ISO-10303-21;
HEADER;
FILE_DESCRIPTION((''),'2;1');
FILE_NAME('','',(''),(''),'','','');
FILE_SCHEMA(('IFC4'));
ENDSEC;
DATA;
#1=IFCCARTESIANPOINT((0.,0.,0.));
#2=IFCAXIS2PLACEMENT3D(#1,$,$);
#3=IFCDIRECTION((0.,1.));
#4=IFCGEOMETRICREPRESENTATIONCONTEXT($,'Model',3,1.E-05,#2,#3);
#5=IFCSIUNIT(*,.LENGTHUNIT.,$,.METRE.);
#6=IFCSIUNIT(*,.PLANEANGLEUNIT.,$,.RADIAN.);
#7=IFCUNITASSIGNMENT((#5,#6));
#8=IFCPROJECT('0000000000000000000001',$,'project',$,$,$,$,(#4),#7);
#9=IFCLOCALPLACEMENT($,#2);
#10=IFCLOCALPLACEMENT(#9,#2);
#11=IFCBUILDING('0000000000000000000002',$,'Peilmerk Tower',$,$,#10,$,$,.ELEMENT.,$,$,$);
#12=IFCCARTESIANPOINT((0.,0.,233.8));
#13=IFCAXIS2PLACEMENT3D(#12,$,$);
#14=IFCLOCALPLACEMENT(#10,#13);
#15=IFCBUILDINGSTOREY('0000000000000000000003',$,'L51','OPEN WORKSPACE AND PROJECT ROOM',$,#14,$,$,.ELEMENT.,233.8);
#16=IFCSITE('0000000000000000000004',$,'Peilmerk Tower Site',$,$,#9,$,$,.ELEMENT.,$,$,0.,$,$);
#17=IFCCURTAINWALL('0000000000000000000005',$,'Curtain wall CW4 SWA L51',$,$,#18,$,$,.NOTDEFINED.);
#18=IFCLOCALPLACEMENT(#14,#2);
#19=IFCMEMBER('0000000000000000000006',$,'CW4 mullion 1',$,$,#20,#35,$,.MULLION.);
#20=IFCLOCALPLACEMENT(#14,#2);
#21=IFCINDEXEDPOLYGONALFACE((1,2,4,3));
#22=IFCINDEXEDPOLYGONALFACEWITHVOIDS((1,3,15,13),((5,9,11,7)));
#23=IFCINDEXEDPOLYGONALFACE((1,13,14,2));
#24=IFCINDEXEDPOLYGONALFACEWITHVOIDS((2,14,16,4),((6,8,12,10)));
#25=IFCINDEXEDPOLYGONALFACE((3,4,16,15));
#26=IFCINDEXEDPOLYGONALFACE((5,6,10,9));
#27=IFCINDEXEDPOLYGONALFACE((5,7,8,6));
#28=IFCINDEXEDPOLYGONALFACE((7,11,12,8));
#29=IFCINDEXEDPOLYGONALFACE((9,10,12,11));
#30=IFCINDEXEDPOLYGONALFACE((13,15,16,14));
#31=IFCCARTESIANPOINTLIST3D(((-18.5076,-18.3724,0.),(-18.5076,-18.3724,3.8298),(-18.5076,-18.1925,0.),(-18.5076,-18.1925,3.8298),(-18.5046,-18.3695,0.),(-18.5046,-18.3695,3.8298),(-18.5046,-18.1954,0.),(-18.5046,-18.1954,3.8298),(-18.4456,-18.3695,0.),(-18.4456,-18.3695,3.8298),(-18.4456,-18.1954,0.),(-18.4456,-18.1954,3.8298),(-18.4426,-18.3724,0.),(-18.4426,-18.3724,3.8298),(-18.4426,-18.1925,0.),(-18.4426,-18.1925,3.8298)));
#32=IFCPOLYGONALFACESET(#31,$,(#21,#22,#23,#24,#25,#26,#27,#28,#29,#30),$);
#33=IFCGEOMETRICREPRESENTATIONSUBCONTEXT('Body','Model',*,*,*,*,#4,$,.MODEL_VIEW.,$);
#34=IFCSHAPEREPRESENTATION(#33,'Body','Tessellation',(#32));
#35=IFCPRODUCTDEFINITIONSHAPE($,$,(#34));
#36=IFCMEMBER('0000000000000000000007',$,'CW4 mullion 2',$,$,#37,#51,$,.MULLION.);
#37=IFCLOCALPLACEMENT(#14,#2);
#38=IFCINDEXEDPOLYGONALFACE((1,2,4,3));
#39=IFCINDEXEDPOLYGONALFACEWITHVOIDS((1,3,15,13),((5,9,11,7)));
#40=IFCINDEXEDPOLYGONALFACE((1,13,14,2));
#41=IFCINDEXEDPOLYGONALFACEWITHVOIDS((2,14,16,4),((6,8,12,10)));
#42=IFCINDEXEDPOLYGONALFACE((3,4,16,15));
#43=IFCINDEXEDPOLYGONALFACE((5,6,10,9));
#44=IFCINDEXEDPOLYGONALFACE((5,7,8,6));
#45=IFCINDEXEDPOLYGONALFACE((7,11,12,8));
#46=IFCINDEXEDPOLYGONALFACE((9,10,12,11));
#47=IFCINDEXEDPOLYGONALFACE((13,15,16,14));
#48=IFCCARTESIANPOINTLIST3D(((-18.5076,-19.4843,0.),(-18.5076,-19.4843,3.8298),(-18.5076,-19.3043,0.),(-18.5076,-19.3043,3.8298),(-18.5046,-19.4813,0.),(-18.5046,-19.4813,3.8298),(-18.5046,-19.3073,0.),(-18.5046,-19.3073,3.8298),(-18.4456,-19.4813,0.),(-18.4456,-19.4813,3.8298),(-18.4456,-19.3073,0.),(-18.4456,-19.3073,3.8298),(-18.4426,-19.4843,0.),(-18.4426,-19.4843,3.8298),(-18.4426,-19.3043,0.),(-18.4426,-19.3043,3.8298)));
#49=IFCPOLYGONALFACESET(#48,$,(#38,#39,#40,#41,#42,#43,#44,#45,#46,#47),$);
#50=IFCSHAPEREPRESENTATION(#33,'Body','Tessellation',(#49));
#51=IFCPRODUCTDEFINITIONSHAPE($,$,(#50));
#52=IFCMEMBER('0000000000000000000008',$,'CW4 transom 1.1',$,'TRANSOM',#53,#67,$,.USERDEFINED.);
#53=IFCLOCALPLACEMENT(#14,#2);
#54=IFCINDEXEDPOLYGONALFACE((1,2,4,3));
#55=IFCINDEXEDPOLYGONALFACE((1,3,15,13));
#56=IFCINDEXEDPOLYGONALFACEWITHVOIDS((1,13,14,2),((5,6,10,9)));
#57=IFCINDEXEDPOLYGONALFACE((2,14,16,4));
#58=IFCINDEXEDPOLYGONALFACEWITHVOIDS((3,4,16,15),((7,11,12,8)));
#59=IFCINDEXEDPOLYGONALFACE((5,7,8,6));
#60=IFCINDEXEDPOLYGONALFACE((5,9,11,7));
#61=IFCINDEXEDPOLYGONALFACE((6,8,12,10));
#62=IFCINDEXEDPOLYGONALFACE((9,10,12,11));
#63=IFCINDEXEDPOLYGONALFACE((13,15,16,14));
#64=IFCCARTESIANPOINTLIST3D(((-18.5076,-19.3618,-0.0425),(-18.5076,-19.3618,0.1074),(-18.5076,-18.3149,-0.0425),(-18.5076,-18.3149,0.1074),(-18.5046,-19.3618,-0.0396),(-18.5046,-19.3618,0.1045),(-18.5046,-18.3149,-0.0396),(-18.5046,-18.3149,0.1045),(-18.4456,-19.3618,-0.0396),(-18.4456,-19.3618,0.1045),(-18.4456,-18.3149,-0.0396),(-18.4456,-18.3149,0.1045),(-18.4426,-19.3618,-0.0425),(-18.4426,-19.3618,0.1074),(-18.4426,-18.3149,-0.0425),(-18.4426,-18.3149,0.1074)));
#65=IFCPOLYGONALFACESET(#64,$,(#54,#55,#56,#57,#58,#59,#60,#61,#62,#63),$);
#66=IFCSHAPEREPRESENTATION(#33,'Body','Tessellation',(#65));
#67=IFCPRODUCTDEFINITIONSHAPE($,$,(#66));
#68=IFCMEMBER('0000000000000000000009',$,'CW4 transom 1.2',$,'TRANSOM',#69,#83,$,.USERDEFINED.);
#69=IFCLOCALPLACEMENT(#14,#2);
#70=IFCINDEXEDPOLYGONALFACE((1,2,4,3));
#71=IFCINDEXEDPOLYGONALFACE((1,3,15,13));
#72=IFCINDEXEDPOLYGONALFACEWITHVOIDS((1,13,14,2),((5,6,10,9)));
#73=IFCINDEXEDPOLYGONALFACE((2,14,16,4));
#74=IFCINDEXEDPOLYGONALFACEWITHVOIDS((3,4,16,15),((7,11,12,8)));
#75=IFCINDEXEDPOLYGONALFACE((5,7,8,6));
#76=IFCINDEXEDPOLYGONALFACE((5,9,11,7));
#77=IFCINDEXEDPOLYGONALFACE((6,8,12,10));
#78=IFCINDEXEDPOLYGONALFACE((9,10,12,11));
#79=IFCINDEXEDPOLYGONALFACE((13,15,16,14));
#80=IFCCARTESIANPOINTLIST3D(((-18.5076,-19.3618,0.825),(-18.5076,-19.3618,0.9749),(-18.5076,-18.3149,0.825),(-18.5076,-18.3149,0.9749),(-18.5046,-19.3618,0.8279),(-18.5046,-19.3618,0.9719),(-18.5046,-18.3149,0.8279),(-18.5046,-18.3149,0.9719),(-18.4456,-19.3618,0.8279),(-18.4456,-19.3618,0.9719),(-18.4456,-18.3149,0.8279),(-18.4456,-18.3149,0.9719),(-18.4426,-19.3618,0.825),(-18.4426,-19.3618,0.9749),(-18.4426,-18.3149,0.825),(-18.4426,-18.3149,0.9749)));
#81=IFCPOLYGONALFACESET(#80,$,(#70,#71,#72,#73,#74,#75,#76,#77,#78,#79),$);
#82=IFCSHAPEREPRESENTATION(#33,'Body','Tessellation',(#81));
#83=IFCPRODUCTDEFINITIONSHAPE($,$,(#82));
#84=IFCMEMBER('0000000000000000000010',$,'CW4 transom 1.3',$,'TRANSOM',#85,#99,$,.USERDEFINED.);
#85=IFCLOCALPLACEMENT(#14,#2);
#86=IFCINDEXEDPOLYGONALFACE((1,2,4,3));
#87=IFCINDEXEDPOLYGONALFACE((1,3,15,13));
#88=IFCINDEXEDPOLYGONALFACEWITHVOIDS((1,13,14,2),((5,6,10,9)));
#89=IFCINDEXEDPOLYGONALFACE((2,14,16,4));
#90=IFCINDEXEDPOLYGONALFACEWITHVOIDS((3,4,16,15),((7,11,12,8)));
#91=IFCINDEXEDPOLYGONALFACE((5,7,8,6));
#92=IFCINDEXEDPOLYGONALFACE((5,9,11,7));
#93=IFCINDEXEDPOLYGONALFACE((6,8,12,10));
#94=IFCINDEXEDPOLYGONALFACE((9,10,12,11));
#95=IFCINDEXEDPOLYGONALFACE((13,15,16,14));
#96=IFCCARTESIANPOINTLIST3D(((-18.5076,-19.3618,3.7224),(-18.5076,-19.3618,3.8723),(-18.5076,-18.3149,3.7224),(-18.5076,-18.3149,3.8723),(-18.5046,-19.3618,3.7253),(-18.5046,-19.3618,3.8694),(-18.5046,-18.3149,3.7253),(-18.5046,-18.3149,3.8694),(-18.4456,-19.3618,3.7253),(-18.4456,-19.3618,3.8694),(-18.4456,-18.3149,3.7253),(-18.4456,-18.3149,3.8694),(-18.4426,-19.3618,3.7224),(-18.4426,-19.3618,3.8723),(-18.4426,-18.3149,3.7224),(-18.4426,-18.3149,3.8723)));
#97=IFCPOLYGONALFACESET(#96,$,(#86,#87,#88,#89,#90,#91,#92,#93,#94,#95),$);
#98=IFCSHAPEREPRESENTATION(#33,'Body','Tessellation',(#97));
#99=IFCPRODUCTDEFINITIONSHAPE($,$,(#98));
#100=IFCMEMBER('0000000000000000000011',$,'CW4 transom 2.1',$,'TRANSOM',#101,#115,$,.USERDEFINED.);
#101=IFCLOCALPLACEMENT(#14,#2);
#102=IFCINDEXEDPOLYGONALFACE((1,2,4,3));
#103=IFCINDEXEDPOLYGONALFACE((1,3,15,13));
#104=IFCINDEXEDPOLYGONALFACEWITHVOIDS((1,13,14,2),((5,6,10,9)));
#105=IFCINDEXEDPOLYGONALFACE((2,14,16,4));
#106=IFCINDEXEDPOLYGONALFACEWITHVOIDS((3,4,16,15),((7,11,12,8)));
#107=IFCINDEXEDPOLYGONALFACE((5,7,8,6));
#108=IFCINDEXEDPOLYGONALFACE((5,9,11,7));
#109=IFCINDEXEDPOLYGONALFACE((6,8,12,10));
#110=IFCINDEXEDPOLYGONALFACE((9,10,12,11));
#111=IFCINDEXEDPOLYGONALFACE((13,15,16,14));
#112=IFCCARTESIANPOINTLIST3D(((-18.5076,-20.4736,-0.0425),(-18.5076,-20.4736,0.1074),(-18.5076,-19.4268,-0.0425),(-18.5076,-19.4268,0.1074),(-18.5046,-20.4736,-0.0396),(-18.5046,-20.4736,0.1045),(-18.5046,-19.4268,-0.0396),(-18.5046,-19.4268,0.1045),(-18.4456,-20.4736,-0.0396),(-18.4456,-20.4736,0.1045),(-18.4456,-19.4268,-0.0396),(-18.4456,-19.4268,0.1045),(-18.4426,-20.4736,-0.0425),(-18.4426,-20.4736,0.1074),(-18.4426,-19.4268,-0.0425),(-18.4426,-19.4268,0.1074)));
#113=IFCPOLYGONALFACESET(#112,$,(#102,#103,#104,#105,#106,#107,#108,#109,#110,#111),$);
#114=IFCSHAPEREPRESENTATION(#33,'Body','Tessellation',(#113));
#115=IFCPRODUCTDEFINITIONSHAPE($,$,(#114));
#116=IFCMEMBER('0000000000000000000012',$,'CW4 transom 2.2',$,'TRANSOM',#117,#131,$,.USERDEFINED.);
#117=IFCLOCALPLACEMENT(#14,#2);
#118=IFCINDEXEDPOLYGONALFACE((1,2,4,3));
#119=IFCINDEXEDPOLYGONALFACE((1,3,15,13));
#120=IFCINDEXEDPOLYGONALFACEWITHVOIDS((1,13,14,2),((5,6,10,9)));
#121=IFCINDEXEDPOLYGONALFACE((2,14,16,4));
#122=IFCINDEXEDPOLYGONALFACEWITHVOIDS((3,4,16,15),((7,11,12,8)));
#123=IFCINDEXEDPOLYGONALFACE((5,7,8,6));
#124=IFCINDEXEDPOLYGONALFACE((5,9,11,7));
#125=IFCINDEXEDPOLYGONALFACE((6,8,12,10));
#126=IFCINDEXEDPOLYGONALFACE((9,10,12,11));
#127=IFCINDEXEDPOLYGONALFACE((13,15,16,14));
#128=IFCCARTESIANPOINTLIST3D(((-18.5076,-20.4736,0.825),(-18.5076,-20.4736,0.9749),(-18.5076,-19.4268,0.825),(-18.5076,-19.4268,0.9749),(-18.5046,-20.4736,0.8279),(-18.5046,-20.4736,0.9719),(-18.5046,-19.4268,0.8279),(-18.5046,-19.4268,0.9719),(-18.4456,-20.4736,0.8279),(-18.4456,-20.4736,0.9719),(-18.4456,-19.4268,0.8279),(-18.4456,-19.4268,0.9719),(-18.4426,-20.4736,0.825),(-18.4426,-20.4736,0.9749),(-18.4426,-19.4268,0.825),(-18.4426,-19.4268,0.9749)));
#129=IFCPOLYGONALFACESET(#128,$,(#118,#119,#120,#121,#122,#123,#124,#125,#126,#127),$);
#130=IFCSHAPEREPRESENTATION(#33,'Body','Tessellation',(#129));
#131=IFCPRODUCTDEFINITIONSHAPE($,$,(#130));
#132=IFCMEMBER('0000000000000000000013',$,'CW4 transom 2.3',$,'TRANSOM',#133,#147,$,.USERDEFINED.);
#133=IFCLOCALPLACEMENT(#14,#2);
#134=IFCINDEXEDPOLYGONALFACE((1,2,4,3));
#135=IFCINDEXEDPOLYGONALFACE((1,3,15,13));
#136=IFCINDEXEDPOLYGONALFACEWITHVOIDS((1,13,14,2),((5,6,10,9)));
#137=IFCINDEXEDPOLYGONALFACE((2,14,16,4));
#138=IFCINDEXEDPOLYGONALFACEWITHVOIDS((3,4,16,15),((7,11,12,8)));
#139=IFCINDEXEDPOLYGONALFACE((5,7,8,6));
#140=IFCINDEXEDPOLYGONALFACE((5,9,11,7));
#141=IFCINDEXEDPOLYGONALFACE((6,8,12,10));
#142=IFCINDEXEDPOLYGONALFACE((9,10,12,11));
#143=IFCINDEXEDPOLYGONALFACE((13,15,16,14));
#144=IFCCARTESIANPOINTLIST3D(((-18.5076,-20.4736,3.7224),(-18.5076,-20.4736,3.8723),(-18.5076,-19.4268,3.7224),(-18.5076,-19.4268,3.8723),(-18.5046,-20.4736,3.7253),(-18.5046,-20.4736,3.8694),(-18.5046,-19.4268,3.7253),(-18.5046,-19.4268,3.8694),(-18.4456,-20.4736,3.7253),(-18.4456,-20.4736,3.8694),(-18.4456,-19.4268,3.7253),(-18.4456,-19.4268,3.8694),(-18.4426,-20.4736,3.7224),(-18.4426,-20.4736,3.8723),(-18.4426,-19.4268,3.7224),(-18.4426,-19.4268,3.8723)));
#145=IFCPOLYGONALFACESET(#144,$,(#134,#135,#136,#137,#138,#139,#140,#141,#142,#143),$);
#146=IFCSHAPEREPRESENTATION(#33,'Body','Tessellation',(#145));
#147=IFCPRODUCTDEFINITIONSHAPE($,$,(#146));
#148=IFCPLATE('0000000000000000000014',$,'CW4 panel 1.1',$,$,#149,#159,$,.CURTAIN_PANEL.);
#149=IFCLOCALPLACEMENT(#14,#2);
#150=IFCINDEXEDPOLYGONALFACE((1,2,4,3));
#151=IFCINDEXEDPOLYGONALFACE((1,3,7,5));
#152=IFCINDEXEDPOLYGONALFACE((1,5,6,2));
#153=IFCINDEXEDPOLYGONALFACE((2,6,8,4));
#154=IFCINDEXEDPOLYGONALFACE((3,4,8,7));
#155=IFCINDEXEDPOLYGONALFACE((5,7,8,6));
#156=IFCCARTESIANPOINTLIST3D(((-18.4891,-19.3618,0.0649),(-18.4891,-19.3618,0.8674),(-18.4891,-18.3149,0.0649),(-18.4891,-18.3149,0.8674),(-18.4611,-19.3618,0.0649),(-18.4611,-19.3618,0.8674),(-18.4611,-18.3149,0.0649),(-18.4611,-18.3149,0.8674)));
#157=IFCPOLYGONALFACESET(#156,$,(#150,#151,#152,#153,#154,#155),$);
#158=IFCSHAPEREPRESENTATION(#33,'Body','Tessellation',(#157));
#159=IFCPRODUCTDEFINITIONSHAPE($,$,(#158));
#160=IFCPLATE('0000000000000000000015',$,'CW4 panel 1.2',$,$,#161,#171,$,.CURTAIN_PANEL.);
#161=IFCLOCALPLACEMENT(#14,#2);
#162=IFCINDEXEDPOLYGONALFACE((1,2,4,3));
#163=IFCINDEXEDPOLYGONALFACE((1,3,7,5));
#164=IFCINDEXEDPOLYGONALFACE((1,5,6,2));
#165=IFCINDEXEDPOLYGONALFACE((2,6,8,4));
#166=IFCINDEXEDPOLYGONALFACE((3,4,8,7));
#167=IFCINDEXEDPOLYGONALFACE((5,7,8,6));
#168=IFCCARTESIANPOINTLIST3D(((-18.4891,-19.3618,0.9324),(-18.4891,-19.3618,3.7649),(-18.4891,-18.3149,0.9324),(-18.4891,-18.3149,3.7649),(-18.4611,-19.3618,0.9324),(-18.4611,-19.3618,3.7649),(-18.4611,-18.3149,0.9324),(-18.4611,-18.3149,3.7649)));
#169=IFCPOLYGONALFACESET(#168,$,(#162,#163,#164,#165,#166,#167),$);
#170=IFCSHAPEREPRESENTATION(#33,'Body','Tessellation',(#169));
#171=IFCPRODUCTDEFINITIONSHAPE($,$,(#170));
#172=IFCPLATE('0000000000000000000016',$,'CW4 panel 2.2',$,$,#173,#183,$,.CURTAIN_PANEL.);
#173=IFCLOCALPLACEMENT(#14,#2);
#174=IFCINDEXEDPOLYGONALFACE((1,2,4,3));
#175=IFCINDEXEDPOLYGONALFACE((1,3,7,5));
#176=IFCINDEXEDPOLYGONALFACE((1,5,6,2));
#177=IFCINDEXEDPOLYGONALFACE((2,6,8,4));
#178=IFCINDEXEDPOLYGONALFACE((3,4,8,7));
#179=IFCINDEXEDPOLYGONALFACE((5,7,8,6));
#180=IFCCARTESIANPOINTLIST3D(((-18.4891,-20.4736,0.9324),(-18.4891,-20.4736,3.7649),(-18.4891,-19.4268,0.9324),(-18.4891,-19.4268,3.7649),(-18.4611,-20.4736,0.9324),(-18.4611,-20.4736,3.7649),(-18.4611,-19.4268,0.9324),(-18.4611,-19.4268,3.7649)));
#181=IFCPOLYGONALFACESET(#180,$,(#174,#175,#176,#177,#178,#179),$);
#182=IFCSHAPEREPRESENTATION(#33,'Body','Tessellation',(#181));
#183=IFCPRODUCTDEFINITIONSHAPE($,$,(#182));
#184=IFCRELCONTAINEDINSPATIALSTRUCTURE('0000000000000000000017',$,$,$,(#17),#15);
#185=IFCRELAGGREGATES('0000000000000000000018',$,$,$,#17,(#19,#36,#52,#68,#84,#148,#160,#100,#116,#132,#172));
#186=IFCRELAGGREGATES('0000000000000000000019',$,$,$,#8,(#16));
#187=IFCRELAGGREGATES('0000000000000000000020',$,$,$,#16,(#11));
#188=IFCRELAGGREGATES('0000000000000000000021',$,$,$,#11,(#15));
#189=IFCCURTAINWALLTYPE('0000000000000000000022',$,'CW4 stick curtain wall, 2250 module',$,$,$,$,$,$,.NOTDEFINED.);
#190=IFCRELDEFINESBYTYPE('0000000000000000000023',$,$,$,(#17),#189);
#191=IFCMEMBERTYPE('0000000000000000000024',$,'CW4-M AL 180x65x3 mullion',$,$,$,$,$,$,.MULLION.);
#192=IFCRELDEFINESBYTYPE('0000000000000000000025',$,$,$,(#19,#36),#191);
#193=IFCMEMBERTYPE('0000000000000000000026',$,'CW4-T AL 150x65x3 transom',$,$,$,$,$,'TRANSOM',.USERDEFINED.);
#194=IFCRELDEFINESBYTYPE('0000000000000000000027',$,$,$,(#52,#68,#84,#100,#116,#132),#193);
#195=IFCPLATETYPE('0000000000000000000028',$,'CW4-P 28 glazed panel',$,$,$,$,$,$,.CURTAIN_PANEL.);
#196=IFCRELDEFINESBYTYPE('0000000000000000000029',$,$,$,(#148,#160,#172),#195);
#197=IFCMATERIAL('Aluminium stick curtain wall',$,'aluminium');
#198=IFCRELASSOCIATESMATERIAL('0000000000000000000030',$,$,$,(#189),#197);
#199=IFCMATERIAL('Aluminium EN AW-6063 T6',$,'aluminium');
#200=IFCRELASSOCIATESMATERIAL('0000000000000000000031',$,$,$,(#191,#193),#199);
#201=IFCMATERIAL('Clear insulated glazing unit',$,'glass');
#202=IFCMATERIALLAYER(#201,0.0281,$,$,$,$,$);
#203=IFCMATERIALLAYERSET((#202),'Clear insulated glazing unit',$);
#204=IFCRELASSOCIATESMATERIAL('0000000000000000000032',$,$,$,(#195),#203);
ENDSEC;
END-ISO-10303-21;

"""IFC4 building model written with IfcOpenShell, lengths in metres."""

from ifc_helpers import new_model, si_unit, direction, frame, origin, origin_2d, place, context, subcontext, project, spatial, rectangle, hollow_rectangle, extrude, material, layer, layer_set, material_profile, profile_set, type_object, element, aggregate, save


model = new_model("IFC4")

# Units and contexts
model_context = context("Model", 3, precision=1e-05, world=origin(), true_north=direction((0.0, 1.0)))
body_context = subcontext(model_context, "Body", "Model", "MODEL_VIEW")
ifc_project = project(units=[si_unit("LENGTHUNIT", "METRE"), si_unit("PLANEANGLEUNIT", "RADIAN")], contexts=[model_context])

# Site, building, storey
site_placement = place(None, origin())
site = spatial("IfcSite", under=ifc_project, at=site_placement, Name="Peilmerk Tower Site", CompositionType="ELEMENT", RefElevation=0.0)
building_placement = place(site_placement, origin())
building = spatial("IfcBuilding", under=site, at=building_placement, Name="Peilmerk Tower", CompositionType="ELEMENT")
storey_placement = place(building_placement, frame((0.0, 0.0, 233.8)))
storey = spatial("IfcBuildingStorey", under=building, at=storey_placement, Name="L51", Description="OPEN WORKSPACE AND PROJECT ROOM", CompositionType="ELEMENT", Elevation=233.8)

# Curtain wall, members, plates
ifc_material_1 = material(Name="Aluminium stick curtain wall", Category="aluminium")
curtain_wall_type = type_object("IfcCurtainWallType", Name="CW4 stick curtain wall, 2250 module", PredefinedType="NOTDEFINED", material=ifc_material_1)
curtain_wall_placement = place(storey_placement, origin())
curtain_wall = element("IfcCurtainWall", 1, at=curtain_wall_placement, inside=storey, type_object=curtain_wall_type, Name="Curtain wall CW4 SWA L51", PredefinedType="NOTDEFINED")
ifc_material_2 = material(Name="Aluminium EN AW-6063 T6", Category="aluminium")
ifc_material_profile_1 = material_profile(ifc_material_2, hollow_rectangle(XDim=0.0649, YDim=0.1799, WallThickness=0.0029, at=origin_2d()), Name="AL 180x65x3")
ifc_profile_set_1 = profile_set([ifc_material_profile_1], Name="Aluminium EN AW-6063 T6")
member_type_1 = type_object("IfcMemberType", Name="CW4-M AL 180x65x3 mullion", PredefinedType="MULLION", material=ifc_profile_set_1)
member_1_placement = place(storey_placement, frame((-18.4751, -18.2825, 0.0), z_axis=(0.0, 0.0, 1.0), x_axis=(1.0, 0.0, 0.0)))
member_1 = element("IfcMember", 2, at=member_1_placement, type_object=member_type_1, Name="CW4 mullion 1", PredefinedType="MULLION", context=body_context, shape_type="SweptSolid", body=[
    extrude(hollow_rectangle(XDim=0.0649, YDim=0.1799, WallThickness=0.0029, at=origin_2d()), origin(), (0.0, 0.0, 1.0), 3.8298),
])
member_2_placement = place(storey_placement, frame((-18.4751, -19.3943, 0.0), z_axis=(0.0, 0.0, 1.0), x_axis=(1.0, 0.0, 0.0)))
member_2 = element("IfcMember", 3, at=member_2_placement, type_object=member_type_1, Name="CW4 mullion 2", PredefinedType="MULLION", context=body_context, shape_type="SweptSolid", body=[
    extrude(hollow_rectangle(XDim=0.0649, YDim=0.1799, WallThickness=0.0029, at=origin_2d()), origin(), (0.0, 0.0, 1.0), 3.8298),
])
ifc_material_profile_2 = material_profile(ifc_material_2, hollow_rectangle(XDim=0.0649, YDim=0.1499, WallThickness=0.0029, at=origin_2d()), Name="AL 150x65x3")
ifc_profile_set_2 = profile_set([ifc_material_profile_2], Name="Aluminium EN AW-6063 T6")
member_type_2 = type_object("IfcMemberType", Name="CW4-T AL 150x65x3 transom", ElementType="TRANSOM", PredefinedType="USERDEFINED", material=ifc_profile_set_2)
member_3_placement = place(storey_placement, frame((-18.4751, -18.3149, 0.0325), z_axis=(0.0, -1.0, 0.0), x_axis=(1.0, 0.0, 0.0)))
member_3 = element("IfcMember", 4, at=member_3_placement, type_object=member_type_2, Name="CW4 transom 1.1", ObjectType="TRANSOM", PredefinedType="USERDEFINED", context=body_context, shape_type="SweptSolid", body=[
    extrude(hollow_rectangle(XDim=0.0649, YDim=0.1499, WallThickness=0.0029, at=origin_2d()), origin(), (0.0, 0.0, 1.0), 1.0469),
])
member_4_placement = place(storey_placement, frame((-18.4751, -18.3149, 0.8999), z_axis=(0.0, -1.0, 0.0), x_axis=(1.0, 0.0, 0.0)))
member_4 = element("IfcMember", 5, at=member_4_placement, type_object=member_type_2, Name="CW4 transom 1.2", ObjectType="TRANSOM", PredefinedType="USERDEFINED", context=body_context, shape_type="SweptSolid", body=[
    extrude(hollow_rectangle(XDim=0.0649, YDim=0.1499, WallThickness=0.0029, at=origin_2d()), origin(), (0.0, 0.0, 1.0), 1.0469),
])
member_5_placement = place(storey_placement, frame((-18.4751, -18.3149, 3.7974), z_axis=(0.0, -1.0, 0.0), x_axis=(1.0, 0.0, 0.0)))
member_5 = element("IfcMember", 6, at=member_5_placement, type_object=member_type_2, Name="CW4 transom 1.3", ObjectType="TRANSOM", PredefinedType="USERDEFINED", context=body_context, shape_type="SweptSolid", body=[
    extrude(hollow_rectangle(XDim=0.0649, YDim=0.1499, WallThickness=0.0029, at=origin_2d()), origin(), (0.0, 0.0, 1.0), 1.0469),
])
member_6_placement = place(storey_placement, frame((-18.4751, -19.4268, 0.0325), z_axis=(0.0, -1.0, 0.0), x_axis=(1.0, 0.0, 0.0)))
member_6 = element("IfcMember", 7, at=member_6_placement, type_object=member_type_2, Name="CW4 transom 2.1", ObjectType="TRANSOM", PredefinedType="USERDEFINED", context=body_context, shape_type="SweptSolid", body=[
    extrude(hollow_rectangle(XDim=0.0649, YDim=0.1499, WallThickness=0.0029, at=origin_2d()), origin(), (0.0, 0.0, 1.0), 1.0469),
])
member_7_placement = place(storey_placement, frame((-18.4751, -19.4268, 0.8999), z_axis=(0.0, -1.0, 0.0), x_axis=(1.0, 0.0, 0.0)))
member_7 = element("IfcMember", 8, at=member_7_placement, type_object=member_type_2, Name="CW4 transom 2.2", ObjectType="TRANSOM", PredefinedType="USERDEFINED", context=body_context, shape_type="SweptSolid", body=[
    extrude(hollow_rectangle(XDim=0.0649, YDim=0.1499, WallThickness=0.0029, at=origin_2d()), origin(), (0.0, 0.0, 1.0), 1.0469),
])
member_8_placement = place(storey_placement, frame((-18.4751, -19.4268, 3.7974), z_axis=(0.0, -1.0, 0.0), x_axis=(1.0, 0.0, 0.0)))
member_8 = element("IfcMember", 9, at=member_8_placement, type_object=member_type_2, Name="CW4 transom 2.3", ObjectType="TRANSOM", PredefinedType="USERDEFINED", context=body_context, shape_type="SweptSolid", body=[
    extrude(hollow_rectangle(XDim=0.0649, YDim=0.1499, WallThickness=0.0029, at=origin_2d()), origin(), (0.0, 0.0, 1.0), 1.0469),
])
ifc_material_3 = material(Name="Clear insulated glazing unit", Category="glass")
ifc_layer = layer(ifc_material_3, 0.0281)
ifc_layer_set = layer_set([ifc_layer], Name="Clear insulated glazing unit")
plate_type = type_object("IfcPlateType", Name="CW4-P 28 glazed panel", PredefinedType="CURTAIN_PANEL", material=ifc_layer_set)
plate_1_placement = place(storey_placement, frame((-18.4751, -18.8384, 0.0649), z_axis=(0.0, 0.0, 1.0), x_axis=(0.0, -1.0, 0.0)))
plate_1 = element("IfcPlate", 10, at=plate_1_placement, type_object=plate_type, Name="CW4 panel 1.1", PredefinedType="CURTAIN_PANEL", context=body_context, shape_type="SweptSolid", body=[
    extrude(rectangle(XDim=1.0469, YDim=0.0281, at=origin_2d()), origin(), (0.0, 0.0, 1.0), 0.8025),
])
plate_2_placement = place(storey_placement, frame((-18.4751, -18.8384, 0.9324), z_axis=(0.0, 0.0, 1.0), x_axis=(0.0, -1.0, 0.0)))
plate_2 = element("IfcPlate", 11, at=plate_2_placement, type_object=plate_type, Name="CW4 panel 1.2", PredefinedType="CURTAIN_PANEL", context=body_context, shape_type="SweptSolid", body=[
    extrude(rectangle(XDim=1.0469, YDim=0.0281, at=origin_2d()), origin(), (0.0, 0.0, 1.0), 2.8325),
])
plate_3_placement = place(storey_placement, frame((-18.4751, -19.9502, 0.9324), z_axis=(0.0, 0.0, 1.0), x_axis=(0.0, -1.0, 0.0)))
plate_3 = element("IfcPlate", 12, at=plate_3_placement, type_object=plate_type, Name="CW4 panel 2.2", PredefinedType="CURTAIN_PANEL", context=body_context, shape_type="SweptSolid", body=[
    extrude(rectangle(XDim=1.0469, YDim=0.0281, at=origin_2d()), origin(), (0.0, 0.0, 1.0), 2.8325),
])
aggregate(curtain_wall, [member_1, member_2, member_3, member_4, member_5, plate_1, plate_2, member_6, member_7, member_8, plate_3])

save(model, "model.ifc")
